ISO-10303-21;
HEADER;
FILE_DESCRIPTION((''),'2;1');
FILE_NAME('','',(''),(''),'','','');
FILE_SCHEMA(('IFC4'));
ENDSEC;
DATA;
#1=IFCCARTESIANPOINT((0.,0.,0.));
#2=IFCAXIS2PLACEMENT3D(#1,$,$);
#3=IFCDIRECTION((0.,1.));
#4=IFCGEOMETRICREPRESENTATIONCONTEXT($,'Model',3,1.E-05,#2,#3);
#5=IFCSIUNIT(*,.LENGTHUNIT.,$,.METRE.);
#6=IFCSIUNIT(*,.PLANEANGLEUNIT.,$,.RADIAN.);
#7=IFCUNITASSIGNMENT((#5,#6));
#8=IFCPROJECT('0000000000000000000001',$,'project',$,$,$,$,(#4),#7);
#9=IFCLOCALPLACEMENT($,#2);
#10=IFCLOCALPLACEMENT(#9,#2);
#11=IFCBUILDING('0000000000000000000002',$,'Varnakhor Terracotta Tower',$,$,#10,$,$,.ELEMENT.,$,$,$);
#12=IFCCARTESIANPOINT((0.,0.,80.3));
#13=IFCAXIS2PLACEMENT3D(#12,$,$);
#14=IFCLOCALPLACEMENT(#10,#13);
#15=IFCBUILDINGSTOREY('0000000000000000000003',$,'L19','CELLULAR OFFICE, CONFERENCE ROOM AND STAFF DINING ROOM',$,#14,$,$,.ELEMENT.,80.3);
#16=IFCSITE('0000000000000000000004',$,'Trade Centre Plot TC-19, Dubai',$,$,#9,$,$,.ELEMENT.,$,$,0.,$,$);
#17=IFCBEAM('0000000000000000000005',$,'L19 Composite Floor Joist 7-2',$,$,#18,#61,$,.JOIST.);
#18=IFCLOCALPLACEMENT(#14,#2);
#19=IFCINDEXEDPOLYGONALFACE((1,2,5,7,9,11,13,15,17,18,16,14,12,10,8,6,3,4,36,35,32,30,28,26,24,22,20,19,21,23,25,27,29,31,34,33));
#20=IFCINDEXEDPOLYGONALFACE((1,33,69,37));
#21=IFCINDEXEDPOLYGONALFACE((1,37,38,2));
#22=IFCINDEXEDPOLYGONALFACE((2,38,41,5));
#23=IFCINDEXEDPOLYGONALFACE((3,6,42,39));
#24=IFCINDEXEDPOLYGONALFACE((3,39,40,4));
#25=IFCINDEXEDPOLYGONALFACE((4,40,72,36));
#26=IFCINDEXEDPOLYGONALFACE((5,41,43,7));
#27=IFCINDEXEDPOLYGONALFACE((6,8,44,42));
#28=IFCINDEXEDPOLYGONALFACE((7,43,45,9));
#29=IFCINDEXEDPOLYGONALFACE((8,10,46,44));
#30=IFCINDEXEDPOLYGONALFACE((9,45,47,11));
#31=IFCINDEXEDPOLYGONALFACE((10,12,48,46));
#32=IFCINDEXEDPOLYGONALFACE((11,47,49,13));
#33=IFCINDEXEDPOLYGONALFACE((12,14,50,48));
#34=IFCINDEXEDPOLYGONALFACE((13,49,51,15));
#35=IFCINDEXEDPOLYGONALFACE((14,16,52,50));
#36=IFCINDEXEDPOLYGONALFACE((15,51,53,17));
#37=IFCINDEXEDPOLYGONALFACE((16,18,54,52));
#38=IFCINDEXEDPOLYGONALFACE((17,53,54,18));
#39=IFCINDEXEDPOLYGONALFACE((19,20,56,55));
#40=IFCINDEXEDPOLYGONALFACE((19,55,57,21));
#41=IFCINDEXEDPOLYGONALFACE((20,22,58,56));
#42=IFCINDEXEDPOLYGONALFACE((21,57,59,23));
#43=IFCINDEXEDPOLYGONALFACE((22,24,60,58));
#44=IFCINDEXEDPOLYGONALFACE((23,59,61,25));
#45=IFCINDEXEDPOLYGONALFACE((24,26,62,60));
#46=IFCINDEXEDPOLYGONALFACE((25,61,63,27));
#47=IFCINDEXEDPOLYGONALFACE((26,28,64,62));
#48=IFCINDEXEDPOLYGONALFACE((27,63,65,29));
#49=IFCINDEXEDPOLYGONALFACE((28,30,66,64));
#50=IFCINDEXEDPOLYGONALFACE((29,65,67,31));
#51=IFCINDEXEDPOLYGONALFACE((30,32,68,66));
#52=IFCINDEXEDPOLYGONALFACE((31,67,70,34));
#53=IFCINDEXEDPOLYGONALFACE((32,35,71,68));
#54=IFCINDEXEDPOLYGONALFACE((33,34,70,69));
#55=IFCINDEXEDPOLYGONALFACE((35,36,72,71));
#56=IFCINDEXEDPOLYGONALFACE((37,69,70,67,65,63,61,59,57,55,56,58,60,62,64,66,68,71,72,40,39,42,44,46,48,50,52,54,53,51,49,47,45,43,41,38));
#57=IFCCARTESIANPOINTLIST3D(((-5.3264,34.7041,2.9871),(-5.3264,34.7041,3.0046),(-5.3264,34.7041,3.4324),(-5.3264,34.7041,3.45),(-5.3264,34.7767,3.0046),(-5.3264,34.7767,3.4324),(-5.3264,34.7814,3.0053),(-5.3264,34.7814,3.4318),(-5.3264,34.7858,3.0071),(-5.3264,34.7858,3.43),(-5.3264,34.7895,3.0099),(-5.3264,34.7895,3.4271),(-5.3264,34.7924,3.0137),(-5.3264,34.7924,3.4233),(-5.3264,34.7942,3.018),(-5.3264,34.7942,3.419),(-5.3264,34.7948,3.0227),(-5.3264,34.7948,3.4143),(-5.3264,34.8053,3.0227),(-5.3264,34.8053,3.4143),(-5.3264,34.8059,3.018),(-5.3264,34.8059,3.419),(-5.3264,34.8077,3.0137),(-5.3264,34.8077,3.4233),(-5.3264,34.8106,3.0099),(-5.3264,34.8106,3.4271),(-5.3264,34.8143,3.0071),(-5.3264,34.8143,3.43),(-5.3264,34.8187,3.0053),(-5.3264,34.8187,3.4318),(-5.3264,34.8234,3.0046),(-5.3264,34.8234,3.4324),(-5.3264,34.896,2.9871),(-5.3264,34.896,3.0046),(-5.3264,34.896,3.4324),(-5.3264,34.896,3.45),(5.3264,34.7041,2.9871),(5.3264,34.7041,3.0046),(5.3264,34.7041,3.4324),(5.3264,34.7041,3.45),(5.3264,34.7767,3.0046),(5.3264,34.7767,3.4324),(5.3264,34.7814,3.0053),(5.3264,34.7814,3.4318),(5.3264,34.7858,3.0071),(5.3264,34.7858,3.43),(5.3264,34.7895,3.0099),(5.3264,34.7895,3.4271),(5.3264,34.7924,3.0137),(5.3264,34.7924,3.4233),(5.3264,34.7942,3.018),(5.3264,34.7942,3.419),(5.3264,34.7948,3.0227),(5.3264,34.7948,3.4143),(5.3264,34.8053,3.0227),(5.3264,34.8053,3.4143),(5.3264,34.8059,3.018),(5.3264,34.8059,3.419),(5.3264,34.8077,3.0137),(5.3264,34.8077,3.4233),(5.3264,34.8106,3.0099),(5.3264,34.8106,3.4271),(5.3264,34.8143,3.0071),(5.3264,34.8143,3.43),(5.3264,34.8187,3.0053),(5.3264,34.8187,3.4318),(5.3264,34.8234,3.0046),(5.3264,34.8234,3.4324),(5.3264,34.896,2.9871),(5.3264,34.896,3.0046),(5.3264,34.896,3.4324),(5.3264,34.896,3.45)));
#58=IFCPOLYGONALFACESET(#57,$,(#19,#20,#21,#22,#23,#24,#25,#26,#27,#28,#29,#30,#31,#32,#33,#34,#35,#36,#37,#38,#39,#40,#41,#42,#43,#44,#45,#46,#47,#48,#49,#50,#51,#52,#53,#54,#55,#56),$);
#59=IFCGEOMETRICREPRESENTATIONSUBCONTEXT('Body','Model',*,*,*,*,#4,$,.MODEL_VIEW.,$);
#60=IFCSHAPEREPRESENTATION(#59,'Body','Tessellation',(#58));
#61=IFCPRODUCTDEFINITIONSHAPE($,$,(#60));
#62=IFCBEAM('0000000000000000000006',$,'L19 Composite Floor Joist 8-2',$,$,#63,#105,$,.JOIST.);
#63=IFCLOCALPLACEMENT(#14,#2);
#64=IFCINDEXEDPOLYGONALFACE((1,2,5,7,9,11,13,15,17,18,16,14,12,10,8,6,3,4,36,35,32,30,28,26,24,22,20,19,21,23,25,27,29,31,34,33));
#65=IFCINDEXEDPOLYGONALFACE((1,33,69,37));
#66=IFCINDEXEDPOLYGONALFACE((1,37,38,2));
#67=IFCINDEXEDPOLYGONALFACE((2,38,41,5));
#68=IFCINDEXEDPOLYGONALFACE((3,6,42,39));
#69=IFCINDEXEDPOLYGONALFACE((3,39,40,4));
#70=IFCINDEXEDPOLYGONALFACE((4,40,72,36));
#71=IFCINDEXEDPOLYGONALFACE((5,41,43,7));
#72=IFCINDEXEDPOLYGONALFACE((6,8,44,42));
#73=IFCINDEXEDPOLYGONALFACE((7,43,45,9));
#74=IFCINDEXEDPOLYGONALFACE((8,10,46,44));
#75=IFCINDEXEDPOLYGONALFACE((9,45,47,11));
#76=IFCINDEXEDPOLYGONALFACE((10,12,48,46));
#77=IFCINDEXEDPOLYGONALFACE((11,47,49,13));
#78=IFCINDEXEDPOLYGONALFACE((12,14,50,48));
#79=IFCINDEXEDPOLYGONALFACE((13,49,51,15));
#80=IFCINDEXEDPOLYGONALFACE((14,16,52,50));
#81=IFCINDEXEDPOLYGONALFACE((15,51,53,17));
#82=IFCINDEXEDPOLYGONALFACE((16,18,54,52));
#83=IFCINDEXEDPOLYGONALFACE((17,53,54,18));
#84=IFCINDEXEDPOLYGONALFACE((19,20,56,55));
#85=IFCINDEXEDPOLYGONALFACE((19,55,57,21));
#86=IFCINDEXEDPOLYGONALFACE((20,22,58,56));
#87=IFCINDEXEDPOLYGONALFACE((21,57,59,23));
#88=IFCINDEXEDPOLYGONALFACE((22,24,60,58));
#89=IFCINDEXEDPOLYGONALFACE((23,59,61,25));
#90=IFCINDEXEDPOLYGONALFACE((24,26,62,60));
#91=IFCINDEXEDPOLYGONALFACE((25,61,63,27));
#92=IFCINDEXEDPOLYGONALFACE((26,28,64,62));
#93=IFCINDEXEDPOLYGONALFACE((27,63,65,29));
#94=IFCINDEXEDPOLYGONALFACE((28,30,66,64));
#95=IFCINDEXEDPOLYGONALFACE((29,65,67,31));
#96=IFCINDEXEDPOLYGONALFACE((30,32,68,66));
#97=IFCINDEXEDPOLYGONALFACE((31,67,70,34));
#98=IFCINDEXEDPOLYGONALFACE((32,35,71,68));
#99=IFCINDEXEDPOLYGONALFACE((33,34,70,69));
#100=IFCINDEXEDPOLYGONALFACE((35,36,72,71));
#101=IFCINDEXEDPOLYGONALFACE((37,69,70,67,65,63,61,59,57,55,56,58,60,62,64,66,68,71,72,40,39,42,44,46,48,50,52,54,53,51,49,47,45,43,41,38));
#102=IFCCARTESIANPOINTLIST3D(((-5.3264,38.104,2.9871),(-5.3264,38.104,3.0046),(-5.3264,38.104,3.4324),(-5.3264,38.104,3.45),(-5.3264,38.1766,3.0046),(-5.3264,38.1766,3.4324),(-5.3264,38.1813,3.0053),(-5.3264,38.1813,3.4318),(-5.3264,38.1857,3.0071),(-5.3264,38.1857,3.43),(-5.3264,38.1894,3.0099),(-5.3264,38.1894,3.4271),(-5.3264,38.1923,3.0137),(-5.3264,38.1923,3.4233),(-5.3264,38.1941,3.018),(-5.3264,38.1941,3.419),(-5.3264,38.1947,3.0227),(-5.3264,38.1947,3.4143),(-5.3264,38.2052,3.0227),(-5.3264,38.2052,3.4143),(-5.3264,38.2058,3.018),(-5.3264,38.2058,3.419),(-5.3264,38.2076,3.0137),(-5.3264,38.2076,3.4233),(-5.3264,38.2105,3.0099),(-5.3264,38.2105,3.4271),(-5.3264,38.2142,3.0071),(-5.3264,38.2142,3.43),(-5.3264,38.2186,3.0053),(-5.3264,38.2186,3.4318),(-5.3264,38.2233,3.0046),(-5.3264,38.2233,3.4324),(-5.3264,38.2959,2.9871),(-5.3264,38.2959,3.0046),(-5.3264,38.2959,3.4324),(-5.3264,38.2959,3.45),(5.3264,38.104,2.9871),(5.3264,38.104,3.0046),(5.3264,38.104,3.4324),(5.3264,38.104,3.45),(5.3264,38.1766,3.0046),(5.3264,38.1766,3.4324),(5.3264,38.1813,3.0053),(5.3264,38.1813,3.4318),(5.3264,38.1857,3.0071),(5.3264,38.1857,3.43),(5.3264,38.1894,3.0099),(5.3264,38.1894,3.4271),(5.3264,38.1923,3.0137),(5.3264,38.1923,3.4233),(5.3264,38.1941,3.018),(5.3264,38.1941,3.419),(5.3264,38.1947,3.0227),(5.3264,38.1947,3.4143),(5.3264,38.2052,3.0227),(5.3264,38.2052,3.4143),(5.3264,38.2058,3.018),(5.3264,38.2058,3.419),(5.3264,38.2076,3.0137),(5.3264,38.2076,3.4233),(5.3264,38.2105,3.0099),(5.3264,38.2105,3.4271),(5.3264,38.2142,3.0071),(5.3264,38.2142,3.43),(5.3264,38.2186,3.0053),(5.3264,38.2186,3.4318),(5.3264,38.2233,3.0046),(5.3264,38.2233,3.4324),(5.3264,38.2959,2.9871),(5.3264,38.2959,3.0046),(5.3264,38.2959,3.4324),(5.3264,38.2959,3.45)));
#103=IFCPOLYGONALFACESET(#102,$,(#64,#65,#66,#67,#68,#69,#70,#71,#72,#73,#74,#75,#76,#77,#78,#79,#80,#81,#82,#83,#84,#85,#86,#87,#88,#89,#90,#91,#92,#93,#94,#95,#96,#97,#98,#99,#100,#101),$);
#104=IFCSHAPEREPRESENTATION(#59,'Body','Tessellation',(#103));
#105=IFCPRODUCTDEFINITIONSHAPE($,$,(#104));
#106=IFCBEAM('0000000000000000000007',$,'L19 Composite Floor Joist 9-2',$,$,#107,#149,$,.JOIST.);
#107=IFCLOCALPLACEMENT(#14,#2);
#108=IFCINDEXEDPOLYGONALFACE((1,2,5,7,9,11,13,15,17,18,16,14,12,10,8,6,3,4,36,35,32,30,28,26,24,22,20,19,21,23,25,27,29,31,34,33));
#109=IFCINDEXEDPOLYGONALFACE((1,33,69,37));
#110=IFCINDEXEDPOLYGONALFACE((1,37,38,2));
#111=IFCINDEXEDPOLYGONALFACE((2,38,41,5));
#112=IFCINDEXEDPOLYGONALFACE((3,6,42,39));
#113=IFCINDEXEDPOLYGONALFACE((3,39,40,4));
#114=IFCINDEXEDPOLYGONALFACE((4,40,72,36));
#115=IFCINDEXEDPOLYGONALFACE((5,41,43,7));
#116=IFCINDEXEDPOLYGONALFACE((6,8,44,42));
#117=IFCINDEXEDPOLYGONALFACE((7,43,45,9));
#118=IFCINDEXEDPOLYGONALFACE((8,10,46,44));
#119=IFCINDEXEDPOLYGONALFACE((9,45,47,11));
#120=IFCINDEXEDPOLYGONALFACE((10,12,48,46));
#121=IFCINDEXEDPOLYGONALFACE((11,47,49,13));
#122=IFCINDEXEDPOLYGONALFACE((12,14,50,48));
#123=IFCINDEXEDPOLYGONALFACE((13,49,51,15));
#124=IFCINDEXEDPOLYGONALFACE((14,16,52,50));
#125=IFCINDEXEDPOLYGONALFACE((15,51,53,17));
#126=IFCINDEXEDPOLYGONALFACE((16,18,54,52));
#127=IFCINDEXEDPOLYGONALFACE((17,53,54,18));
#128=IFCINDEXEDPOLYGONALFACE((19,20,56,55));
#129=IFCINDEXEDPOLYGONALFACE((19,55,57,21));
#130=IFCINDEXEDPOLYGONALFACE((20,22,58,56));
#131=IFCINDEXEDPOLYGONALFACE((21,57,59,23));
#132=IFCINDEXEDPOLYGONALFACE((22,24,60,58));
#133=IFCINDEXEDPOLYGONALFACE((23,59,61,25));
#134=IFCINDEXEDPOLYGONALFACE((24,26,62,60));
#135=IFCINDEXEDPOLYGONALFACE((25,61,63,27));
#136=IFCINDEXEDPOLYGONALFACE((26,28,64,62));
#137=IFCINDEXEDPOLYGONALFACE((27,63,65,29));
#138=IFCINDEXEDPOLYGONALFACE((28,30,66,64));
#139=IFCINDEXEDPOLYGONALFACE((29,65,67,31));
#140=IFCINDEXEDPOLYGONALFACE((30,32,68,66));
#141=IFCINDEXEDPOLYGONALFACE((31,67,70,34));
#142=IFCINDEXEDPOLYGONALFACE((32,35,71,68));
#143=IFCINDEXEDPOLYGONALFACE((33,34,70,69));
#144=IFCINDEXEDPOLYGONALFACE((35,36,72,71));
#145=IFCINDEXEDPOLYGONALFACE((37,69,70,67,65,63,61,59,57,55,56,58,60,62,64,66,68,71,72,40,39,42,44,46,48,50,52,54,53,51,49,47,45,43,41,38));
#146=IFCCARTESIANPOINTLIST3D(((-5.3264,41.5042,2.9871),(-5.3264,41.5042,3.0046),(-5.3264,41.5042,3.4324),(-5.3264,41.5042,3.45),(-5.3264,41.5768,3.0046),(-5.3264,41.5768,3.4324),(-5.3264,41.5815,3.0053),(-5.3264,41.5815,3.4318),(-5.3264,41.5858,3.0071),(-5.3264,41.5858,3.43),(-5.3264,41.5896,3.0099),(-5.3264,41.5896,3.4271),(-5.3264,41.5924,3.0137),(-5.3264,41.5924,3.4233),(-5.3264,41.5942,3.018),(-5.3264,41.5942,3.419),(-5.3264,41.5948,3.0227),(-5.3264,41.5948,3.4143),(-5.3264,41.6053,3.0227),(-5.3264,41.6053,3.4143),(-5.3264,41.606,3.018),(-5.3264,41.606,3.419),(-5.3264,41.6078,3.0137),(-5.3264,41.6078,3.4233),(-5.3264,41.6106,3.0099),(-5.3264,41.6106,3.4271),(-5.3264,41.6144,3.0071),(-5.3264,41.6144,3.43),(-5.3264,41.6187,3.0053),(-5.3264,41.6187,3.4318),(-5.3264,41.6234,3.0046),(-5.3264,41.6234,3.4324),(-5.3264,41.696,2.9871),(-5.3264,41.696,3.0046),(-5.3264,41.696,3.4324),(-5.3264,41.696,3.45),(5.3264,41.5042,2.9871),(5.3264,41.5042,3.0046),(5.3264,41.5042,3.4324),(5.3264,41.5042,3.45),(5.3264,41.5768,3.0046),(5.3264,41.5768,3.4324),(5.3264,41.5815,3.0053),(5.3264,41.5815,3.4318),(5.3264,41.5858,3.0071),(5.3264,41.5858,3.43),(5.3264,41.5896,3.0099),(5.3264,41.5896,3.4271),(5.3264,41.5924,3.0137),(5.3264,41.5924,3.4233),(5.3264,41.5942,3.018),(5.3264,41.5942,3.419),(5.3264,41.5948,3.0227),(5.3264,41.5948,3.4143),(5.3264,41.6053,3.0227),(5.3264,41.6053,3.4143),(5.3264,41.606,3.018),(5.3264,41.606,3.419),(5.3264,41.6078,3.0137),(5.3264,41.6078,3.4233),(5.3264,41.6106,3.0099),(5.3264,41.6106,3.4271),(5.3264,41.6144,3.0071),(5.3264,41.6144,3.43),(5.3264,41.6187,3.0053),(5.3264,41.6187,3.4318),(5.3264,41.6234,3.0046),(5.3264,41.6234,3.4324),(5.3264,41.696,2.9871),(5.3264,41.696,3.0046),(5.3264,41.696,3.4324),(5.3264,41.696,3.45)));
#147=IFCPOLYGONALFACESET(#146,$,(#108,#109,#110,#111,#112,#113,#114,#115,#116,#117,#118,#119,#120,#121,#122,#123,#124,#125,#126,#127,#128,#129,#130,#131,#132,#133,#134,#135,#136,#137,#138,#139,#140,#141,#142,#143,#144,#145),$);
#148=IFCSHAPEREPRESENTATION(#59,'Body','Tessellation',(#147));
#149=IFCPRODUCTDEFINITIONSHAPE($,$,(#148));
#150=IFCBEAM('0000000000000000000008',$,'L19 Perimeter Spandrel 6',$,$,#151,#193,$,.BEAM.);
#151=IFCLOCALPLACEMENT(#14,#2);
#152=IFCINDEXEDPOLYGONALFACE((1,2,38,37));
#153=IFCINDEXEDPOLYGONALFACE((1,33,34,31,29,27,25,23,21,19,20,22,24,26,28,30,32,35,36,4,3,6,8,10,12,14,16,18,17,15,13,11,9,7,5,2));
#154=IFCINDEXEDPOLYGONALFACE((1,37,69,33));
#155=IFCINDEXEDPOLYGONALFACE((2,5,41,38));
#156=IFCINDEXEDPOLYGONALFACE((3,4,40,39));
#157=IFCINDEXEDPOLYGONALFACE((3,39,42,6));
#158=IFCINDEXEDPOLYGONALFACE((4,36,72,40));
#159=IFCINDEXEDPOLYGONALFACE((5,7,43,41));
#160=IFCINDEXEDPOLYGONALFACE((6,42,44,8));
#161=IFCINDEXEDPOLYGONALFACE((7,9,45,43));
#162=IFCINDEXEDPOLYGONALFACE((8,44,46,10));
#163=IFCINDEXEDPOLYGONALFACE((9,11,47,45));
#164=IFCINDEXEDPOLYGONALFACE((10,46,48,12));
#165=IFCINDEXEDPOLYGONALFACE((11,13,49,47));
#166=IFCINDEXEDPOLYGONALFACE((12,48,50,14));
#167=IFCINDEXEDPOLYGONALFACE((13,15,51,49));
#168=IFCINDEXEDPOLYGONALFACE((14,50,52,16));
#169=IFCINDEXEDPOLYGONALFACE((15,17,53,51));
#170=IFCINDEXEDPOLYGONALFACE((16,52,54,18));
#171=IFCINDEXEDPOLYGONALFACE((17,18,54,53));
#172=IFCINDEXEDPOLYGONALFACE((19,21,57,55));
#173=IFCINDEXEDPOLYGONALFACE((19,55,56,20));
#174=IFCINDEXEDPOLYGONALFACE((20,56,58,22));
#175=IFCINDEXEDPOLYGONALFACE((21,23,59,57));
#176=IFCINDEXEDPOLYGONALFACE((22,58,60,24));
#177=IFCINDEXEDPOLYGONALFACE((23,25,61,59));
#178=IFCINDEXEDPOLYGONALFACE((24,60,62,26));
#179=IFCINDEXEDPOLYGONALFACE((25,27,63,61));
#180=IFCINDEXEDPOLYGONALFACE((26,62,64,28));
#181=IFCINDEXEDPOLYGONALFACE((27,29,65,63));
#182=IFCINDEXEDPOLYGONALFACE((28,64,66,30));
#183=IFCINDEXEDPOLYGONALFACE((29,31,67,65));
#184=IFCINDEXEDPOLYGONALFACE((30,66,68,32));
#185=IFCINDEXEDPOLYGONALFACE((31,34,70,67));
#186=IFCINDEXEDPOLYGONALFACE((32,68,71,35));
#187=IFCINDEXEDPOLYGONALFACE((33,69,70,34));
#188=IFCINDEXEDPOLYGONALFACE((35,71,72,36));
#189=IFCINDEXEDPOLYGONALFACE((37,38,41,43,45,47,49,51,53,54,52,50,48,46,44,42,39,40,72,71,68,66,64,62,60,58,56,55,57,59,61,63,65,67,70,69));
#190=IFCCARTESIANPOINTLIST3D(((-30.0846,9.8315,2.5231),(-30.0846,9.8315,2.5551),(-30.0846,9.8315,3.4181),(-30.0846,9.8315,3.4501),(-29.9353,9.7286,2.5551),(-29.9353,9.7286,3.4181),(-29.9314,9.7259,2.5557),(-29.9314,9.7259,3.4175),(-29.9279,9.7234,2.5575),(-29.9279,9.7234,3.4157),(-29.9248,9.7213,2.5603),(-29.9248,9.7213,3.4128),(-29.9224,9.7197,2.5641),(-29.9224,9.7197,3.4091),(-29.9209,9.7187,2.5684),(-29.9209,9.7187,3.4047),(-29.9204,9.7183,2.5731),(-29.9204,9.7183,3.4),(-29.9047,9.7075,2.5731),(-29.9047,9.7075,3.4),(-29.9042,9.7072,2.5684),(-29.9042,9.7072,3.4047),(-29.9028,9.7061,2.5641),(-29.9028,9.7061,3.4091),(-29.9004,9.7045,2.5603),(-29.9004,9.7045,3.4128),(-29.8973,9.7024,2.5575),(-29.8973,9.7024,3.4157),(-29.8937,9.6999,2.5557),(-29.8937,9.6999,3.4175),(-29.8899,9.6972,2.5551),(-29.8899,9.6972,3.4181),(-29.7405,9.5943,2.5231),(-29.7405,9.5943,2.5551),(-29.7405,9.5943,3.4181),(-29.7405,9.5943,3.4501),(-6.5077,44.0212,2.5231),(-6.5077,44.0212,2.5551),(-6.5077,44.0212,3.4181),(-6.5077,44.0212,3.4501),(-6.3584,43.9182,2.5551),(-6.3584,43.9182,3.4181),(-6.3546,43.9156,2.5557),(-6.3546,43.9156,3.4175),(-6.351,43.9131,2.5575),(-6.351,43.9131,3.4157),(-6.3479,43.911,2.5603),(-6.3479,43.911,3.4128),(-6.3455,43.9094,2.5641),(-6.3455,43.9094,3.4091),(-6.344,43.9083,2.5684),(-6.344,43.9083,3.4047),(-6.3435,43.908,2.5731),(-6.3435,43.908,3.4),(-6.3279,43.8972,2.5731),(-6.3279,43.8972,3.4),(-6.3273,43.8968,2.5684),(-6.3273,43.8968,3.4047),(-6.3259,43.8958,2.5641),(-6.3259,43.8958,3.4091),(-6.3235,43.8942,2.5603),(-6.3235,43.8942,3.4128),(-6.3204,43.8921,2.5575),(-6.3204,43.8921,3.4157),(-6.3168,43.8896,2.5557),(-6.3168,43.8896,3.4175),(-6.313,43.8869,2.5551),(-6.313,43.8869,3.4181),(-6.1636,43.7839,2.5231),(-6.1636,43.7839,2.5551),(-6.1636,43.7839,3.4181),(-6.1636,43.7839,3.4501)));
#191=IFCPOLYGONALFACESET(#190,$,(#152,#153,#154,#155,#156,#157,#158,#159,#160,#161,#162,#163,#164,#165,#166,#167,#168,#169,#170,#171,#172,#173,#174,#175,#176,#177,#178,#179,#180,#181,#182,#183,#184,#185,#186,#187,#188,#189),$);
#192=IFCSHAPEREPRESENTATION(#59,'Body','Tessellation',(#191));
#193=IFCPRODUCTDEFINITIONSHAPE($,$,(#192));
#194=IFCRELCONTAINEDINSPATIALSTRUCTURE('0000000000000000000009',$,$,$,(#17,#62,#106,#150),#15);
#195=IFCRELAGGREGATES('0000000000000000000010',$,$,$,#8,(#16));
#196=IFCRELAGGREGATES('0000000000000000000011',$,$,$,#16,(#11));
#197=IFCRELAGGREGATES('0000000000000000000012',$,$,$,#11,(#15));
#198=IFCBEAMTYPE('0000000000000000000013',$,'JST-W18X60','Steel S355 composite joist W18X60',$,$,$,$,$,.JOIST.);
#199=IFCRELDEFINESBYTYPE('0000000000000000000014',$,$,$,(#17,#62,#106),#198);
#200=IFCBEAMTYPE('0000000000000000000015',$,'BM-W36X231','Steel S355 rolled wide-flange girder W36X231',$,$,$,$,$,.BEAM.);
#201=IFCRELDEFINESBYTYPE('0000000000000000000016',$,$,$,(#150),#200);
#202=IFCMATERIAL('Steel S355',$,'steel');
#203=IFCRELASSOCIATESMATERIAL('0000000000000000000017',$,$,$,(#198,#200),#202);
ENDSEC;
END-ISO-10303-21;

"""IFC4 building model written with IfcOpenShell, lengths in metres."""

from ifc_helpers import new_model, si_unit, direction, frame, origin, origin_2d, place, context, subcontext, project, spatial, i_section, extrude, source, transform, mapped, material, material_profile, profile_set, type_object, element, save


model = new_model("IFC4")

# Units and contexts
model_context = context("Model", 3, precision=1e-05, world=origin(), true_north=direction((0.0, 1.0)))
body_context = subcontext(model_context, "Body", "Model", "MODEL_VIEW")
ifc_project = project(units=[si_unit("LENGTHUNIT", "METRE"), si_unit("PLANEANGLEUNIT", "RADIAN")], contexts=[model_context])

# Site, building, storey
site_placement = place(None, origin())
site = spatial("IfcSite", under=ifc_project, at=site_placement, Name="Trade Centre Plot TC-19, Dubai", CompositionType="ELEMENT", RefElevation=0.0)
building_placement = place(site_placement, origin())
building = spatial("IfcBuilding", under=site, at=building_placement, Name="Varnakhor Terracotta Tower", CompositionType="ELEMENT")
storey_placement = place(building_placement, frame((0.0, 0.0, 80.3)))
storey = spatial("IfcBuildingStorey", under=building, at=storey_placement, Name="L19", Description="CELLULAR OFFICE, CONFERENCE ROOM AND STAFF DINING ROOM", CompositionType="ELEMENT", Elevation=80.3)

# Beams
ifc_material_1 = material(Name="Steel S355", Category="steel")
ifc_material_profile_1 = material_profile(ifc_material_1, i_section(OverallWidth=0.1919, OverallDepth=0.4629, WebThickness=0.0105, FlangeThickness=0.0176, FilletRadius=0.0181, at=origin_2d()), Name="W18X60")
ifc_profile_set_1 = profile_set([ifc_material_profile_1], Name="Steel S355")
beam_type_1 = type_object("IfcBeamType", Name="JST-W18X60", Description="Steel S355 composite joist W18X60", PredefinedType="JOIST", material=ifc_profile_set_1)
shared_shape_1 = source(origin(), body_context, "Body", "SweptSolid", [
    extrude(i_section(OverallWidth=0.1919, OverallDepth=0.4629, WebThickness=0.0105, FlangeThickness=0.0176, FilletRadius=0.0181, at=origin_2d()), origin(), (0.0, 0.0, 1.0), 10.6528),
])
for number, where, z_axis, x_axis, name in (
    (1, (-5.3264, 34.8, 3.2185), (1.0, 0.0, 0.0), (0.0, 1.0, 0.0), "L19 Composite Floor Joist 7-2"),
    (2, (-5.3264, 38.2, 3.2185), (1.0, 0.0, 0.0), (0.0, 1.0, 0.0), "L19 Composite Floor Joist 8-2"),
    (3, (-5.3264, 41.6001, 3.2185), (1.0, 0.0, 0.0), (0.0, 1.0, 0.0), "L19 Composite Floor Joist 9-2"),
):
    element("IfcBeam", number, at=place(storey_placement, frame(where, z_axis=z_axis, x_axis=x_axis)), inside=storey, type_object=beam_type_1, Name=name, PredefinedType="JOIST", context=body_context, shape_type="MappedRepresentation", body=[
        mapped(shared_shape_1, transform((0.0, 0.0, 0.0), scale=1.0)),
    ])
ifc_material_profile_2 = material_profile(ifc_material_1, i_section(OverallWidth=0.418, OverallDepth=0.927, WebThickness=0.019, FlangeThickness=0.032, FilletRadius=0.0181, at=origin_2d()), Name="W36X231")
ifc_profile_set_2 = profile_set([ifc_material_profile_2], Name="Steel S355")
beam_type_2 = type_object("IfcBeamType", Name="BM-W36X231", Description="Steel S355 rolled wide-flange girder W36X231", PredefinedType="BEAM", material=ifc_profile_set_2)
shared_shape_2 = source(origin(), body_context, "Body", "SweptSolid", [
    extrude(i_section(OverallWidth=0.418, OverallDepth=0.927, WebThickness=0.019, FlangeThickness=0.032, FilletRadius=0.0181, at=origin_2d()), origin(), (0.0, 0.0, 1.0), 41.5308),
])
beam_1_placement = place(storey_placement, frame((-6.3357, 43.9026, 2.9866), z_axis=(-0.567697, -0.823238, 0.0), x_axis=(0.823238, -0.567697, 0.0)))
element("IfcBeam", 4, at=beam_1_placement, inside=storey, type_object=beam_type_2, Name="L19 Perimeter Spandrel 6", PredefinedType="BEAM", context=body_context, shape_type="MappedRepresentation", body=[
    mapped(shared_shape_2, transform((0.0, 0.0, 0.0), scale=1.0)),
])

save(model, "model.ifc")
